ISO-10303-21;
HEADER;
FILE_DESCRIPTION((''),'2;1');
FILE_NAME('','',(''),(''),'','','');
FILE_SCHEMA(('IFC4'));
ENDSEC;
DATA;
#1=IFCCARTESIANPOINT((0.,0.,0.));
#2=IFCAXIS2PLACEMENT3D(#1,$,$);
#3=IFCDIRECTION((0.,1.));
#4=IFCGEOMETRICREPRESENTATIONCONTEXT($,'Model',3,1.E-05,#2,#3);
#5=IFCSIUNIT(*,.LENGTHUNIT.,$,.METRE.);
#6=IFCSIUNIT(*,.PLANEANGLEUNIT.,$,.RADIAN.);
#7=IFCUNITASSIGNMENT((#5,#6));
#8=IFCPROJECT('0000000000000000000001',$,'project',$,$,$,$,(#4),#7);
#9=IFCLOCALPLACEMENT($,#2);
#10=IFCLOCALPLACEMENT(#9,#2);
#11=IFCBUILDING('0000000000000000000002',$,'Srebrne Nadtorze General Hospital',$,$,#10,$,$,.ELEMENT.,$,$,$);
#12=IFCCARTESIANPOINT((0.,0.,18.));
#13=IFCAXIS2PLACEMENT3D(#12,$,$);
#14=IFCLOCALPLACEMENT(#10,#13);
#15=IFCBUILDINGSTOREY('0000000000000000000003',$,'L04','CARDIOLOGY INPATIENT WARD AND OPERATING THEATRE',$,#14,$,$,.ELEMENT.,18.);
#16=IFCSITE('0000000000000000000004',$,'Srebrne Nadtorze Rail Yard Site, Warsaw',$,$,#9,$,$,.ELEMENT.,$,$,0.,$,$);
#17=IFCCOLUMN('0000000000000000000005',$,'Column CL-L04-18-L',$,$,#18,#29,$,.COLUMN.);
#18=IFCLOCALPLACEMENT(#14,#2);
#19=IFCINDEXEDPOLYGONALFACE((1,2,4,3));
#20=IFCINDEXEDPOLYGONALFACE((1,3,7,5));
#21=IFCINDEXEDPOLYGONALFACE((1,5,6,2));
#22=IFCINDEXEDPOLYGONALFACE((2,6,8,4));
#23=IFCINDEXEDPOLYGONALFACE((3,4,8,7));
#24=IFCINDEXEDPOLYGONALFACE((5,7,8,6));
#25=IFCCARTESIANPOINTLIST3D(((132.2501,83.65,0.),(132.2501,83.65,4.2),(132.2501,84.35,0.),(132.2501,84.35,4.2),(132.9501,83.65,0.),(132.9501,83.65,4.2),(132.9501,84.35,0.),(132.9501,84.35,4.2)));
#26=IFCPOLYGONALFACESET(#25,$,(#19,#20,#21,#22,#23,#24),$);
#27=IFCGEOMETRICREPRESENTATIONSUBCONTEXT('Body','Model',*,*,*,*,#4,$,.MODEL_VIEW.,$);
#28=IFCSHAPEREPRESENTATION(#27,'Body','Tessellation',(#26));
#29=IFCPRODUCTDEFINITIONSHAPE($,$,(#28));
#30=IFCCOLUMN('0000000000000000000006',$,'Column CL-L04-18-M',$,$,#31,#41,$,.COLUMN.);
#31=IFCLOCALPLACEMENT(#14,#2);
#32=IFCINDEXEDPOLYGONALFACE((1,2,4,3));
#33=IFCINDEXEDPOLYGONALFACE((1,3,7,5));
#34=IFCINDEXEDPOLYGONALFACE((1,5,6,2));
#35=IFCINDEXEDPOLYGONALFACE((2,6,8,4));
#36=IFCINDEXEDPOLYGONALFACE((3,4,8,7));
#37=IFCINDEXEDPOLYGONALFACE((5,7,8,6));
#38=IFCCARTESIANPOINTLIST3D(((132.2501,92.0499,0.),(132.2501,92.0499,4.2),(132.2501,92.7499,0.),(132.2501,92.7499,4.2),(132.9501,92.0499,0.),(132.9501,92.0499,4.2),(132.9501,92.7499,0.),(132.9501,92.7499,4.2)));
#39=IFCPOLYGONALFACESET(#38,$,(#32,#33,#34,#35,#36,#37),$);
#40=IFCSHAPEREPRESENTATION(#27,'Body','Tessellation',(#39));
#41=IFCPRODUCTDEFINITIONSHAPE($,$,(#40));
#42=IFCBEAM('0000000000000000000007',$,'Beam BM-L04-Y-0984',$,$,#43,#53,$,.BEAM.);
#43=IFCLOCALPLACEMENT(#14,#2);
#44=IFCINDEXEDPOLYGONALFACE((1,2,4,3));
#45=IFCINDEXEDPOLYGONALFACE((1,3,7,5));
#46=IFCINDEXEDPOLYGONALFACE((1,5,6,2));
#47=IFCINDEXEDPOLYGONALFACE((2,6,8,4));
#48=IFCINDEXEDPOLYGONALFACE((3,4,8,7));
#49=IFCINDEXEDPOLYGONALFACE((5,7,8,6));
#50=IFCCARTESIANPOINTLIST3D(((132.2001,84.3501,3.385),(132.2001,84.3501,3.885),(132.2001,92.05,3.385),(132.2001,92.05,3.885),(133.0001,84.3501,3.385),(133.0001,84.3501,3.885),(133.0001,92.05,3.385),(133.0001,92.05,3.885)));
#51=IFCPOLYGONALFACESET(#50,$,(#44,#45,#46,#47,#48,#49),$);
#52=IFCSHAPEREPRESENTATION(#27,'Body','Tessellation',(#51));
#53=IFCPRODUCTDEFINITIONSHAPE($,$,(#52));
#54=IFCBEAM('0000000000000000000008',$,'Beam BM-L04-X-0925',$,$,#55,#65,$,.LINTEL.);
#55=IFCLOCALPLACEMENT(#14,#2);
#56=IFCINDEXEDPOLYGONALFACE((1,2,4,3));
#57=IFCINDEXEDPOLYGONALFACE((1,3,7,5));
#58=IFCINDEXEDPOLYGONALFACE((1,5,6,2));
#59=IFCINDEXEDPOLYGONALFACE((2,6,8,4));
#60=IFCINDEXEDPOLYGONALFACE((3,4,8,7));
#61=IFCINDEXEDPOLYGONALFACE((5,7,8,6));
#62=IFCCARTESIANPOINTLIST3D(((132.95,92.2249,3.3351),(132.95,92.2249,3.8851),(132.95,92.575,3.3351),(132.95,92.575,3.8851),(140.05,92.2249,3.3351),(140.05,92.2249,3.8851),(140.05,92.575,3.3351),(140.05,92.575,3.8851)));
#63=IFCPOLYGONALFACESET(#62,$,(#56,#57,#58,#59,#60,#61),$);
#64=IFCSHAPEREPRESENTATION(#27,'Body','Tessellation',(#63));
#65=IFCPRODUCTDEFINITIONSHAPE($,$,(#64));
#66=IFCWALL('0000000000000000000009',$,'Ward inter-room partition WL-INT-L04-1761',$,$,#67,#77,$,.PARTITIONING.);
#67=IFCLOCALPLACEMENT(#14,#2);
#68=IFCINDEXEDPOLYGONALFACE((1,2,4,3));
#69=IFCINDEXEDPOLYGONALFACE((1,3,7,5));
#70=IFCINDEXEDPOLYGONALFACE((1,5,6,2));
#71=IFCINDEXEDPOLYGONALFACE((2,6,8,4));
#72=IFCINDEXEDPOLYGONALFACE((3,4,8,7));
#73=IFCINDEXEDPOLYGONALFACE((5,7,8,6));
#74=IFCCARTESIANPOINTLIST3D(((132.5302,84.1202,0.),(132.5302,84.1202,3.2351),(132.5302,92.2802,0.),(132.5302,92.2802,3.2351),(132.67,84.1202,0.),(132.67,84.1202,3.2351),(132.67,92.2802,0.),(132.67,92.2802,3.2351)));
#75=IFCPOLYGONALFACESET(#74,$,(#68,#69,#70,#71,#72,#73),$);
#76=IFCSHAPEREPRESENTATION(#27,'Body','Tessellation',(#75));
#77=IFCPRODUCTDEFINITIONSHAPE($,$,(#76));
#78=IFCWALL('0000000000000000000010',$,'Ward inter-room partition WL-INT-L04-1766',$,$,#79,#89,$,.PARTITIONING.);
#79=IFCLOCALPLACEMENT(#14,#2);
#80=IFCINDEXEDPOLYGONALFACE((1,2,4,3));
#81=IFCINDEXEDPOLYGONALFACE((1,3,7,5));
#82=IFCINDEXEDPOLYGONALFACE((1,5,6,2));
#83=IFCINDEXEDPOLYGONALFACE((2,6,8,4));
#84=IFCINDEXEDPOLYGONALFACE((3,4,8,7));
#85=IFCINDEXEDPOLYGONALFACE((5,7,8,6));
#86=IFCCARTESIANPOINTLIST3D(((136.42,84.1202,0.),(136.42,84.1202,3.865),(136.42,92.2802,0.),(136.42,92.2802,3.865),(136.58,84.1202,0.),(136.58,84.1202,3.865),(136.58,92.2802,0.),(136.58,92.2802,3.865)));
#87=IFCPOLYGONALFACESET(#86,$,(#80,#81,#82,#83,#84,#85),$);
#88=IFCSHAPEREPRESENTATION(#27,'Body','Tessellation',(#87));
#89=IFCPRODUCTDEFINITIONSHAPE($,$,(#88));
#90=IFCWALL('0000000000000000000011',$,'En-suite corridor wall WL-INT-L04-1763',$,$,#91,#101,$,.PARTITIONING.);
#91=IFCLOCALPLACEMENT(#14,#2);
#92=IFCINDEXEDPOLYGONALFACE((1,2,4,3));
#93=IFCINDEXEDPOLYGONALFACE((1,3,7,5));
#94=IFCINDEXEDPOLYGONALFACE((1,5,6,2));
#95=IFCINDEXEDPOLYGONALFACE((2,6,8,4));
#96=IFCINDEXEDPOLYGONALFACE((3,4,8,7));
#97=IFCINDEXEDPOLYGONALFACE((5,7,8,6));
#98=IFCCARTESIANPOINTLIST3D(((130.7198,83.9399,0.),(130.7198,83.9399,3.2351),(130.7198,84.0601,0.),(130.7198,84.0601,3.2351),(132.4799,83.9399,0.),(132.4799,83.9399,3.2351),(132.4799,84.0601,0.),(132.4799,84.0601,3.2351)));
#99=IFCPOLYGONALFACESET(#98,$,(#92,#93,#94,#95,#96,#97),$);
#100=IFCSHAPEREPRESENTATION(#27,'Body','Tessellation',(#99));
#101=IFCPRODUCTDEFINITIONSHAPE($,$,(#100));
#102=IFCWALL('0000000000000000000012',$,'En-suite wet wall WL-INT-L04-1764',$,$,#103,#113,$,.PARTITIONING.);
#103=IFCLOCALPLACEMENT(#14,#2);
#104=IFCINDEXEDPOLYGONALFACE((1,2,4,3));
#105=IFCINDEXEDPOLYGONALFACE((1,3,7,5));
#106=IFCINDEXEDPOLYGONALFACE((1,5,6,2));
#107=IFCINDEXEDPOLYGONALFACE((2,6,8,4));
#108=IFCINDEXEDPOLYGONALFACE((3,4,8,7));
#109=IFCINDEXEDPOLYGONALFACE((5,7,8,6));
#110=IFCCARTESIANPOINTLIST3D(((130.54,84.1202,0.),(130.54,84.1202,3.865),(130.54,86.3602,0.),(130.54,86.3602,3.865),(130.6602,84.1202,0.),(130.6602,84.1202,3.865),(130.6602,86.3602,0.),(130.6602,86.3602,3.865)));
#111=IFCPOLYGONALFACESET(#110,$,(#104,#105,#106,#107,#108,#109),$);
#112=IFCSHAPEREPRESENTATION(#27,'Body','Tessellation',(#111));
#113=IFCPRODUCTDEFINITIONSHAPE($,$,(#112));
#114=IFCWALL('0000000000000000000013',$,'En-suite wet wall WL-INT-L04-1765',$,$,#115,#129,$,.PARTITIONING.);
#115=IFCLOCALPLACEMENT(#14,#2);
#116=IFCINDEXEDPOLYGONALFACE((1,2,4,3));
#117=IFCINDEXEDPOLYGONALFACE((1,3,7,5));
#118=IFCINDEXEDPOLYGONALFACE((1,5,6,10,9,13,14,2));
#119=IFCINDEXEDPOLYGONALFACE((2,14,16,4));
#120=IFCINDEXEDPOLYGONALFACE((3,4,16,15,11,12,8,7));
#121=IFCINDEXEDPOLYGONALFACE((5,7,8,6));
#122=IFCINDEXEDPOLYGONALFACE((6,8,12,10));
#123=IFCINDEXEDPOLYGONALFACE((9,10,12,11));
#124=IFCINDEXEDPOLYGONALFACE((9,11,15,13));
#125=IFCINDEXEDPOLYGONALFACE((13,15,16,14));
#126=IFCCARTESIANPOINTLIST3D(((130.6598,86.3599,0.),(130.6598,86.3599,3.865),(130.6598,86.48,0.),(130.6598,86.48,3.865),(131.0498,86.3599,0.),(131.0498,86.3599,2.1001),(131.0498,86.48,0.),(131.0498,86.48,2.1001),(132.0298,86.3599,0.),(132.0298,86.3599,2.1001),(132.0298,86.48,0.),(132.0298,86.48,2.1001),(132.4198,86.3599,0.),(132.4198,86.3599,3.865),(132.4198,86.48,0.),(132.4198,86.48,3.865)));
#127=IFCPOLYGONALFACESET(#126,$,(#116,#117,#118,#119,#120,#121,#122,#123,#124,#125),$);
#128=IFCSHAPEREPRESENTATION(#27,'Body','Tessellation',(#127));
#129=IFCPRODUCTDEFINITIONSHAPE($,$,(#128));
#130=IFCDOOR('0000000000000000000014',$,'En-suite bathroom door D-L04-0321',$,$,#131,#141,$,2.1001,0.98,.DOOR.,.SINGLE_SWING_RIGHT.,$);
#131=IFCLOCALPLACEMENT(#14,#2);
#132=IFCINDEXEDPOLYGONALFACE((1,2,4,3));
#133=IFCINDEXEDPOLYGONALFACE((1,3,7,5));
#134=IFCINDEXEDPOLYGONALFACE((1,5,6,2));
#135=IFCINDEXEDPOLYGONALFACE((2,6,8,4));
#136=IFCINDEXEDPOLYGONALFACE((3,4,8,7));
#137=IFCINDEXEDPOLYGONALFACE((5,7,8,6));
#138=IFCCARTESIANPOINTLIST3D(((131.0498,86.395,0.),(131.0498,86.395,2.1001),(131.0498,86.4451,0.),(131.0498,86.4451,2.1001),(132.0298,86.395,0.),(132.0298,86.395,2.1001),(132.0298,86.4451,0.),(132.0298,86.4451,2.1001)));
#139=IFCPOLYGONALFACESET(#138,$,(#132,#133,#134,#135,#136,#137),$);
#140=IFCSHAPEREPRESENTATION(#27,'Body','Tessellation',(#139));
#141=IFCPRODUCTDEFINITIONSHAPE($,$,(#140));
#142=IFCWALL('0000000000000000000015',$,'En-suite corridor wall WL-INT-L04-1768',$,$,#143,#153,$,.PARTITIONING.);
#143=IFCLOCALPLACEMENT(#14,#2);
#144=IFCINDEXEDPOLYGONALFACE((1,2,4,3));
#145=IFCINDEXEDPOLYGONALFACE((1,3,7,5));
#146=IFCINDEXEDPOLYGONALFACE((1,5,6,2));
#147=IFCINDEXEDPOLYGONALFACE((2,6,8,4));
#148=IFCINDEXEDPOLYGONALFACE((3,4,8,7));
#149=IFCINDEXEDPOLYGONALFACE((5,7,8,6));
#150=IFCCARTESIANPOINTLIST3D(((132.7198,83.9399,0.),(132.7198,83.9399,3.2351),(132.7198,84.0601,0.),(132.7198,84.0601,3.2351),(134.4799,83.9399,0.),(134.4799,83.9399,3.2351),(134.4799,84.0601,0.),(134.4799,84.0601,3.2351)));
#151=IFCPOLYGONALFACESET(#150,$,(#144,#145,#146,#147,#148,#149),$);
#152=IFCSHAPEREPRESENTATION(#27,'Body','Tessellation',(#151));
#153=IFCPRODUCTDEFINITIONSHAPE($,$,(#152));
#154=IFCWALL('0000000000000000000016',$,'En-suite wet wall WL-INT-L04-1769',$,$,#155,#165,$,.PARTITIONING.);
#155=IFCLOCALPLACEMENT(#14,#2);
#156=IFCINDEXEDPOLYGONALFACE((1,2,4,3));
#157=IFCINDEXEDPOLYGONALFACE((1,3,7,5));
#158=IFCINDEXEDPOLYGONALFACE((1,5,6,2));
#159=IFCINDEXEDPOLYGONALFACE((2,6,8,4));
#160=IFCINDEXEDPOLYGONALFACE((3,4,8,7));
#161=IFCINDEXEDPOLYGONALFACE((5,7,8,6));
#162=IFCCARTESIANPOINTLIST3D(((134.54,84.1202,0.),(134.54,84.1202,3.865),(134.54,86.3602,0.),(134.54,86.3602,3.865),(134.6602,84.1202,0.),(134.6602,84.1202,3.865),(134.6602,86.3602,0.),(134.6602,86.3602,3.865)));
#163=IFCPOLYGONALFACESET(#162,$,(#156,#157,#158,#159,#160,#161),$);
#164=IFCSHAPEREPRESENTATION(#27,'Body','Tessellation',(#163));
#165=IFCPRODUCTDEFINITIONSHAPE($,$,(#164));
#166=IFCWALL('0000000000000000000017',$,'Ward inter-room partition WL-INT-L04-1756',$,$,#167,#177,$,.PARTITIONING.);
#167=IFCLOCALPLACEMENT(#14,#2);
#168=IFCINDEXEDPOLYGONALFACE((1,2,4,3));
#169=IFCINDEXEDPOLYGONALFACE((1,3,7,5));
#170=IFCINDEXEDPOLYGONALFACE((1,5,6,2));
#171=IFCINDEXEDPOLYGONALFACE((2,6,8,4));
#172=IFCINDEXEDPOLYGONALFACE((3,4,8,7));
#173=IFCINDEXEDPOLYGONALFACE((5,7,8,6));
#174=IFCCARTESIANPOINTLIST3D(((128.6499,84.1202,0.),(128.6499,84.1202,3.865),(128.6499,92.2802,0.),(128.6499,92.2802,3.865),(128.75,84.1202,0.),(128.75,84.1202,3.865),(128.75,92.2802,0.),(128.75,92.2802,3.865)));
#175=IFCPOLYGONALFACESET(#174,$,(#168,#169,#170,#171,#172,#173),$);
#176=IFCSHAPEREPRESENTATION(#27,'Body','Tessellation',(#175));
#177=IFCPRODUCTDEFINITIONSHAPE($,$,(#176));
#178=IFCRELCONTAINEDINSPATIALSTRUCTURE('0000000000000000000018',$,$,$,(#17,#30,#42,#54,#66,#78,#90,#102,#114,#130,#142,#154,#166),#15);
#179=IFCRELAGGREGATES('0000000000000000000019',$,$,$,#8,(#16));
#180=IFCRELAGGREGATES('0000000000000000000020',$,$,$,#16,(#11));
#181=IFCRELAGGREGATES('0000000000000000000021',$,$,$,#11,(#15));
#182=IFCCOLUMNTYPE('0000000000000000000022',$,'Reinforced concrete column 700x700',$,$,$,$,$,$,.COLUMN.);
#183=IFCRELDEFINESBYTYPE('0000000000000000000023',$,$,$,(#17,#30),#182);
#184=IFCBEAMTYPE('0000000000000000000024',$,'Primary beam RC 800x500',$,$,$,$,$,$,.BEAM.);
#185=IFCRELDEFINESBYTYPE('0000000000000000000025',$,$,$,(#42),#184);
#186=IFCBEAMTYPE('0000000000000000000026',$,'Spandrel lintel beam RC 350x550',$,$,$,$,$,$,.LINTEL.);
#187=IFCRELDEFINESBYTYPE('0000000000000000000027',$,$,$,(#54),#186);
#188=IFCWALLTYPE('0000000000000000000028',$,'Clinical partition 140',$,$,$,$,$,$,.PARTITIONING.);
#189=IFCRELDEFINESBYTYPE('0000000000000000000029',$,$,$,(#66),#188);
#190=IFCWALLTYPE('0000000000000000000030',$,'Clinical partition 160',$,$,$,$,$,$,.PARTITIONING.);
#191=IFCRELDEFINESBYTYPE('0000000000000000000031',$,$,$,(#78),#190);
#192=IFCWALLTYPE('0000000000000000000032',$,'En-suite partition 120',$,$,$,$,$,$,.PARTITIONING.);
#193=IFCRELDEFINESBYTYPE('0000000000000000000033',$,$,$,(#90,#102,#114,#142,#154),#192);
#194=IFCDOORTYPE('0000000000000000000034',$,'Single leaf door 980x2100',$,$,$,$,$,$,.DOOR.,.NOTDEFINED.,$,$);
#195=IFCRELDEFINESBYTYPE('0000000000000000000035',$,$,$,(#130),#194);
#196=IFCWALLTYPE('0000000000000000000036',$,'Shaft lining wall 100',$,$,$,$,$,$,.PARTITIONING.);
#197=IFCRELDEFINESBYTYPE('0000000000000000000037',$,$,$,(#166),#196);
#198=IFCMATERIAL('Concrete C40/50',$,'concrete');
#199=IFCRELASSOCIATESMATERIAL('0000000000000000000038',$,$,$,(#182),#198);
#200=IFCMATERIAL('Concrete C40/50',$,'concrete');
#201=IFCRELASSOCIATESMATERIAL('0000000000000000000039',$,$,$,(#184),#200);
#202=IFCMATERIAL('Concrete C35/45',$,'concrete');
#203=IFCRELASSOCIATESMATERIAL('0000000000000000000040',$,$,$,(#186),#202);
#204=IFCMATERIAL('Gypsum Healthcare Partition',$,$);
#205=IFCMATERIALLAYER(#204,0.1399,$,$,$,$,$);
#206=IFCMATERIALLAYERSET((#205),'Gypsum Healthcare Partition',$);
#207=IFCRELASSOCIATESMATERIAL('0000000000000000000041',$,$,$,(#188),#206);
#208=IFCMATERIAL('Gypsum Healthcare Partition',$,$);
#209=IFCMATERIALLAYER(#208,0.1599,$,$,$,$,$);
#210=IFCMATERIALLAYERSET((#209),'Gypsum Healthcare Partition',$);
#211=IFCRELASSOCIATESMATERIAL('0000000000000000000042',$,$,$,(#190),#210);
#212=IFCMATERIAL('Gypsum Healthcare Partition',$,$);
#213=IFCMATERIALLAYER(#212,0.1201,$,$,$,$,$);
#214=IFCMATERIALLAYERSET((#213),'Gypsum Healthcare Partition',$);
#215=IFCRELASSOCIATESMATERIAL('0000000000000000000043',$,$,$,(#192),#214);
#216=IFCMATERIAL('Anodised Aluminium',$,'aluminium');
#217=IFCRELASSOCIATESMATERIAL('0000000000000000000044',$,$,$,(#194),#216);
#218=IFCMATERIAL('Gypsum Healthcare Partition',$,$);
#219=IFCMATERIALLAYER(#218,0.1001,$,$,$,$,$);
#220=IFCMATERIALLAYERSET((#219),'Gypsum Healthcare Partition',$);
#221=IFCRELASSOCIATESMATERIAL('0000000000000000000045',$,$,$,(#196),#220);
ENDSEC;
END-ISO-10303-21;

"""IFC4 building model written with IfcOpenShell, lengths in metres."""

from ifc_helpers import new_model, si_unit, direction, frame, frame_2d, origin, origin_2d, place, context, subcontext, project, spatial, rectangle, extrude, material, layer, layer_set, material_profile, profile_set, type_object, element, fill, save


model = new_model("IFC4")

# Units and contexts
model_context = context("Model", 3, precision=1e-05, world=origin(), true_north=direction((0.0, 1.0)))
body_context = subcontext(model_context, "Body", "Model", "MODEL_VIEW")
ifc_project = project(units=[si_unit("LENGTHUNIT", "METRE"), si_unit("PLANEANGLEUNIT", "RADIAN")], contexts=[model_context])

# Site, building, storey
site_placement = place(None, origin())
site = spatial("IfcSite", under=ifc_project, at=site_placement, Name="Srebrne Nadtorze Rail Yard Site, Warsaw", CompositionType="ELEMENT", RefElevation=0.0)
building_placement = place(site_placement, origin())
building = spatial("IfcBuilding", under=site, at=building_placement, Name="Srebrne Nadtorze General Hospital", CompositionType="ELEMENT")
storey_placement = place(building_placement, frame((0.0, 0.0, 18.0)))
storey = spatial("IfcBuildingStorey", under=building, at=storey_placement, Name="L04", Description="CARDIOLOGY INPATIENT WARD AND OPERATING THEATRE", CompositionType="ELEMENT", Elevation=18.0)

# Columns
ifc_material_1 = material(Name="Concrete C40/50", Category="concrete")
ifc_material_profile_1 = material_profile(ifc_material_1, rectangle(XDim=0.7, YDim=0.7, at=origin_2d()), Name="RC-COL-700x700")
ifc_profile_set_1 = profile_set([ifc_material_profile_1], Name="Concrete C40/50")
column_type = type_object("IfcColumnType", Name="Reinforced concrete column 700x700", PredefinedType="COLUMN", material=ifc_profile_set_1)
for number, where, z_axis, x_axis, name in (
    (1, (132.6001, 84.0, 0.0), (0.0, 0.0, 1.0), (1.0, 0.0, 0.0), "Column CL-L04-18-L"),
    (2, (132.6001, 92.3999, 0.0), (0.0, 0.0, 1.0), (1.0, 0.0, 0.0), "Column CL-L04-18-M"),
):
    element("IfcColumn", number, at=place(storey_placement, frame(where, z_axis=z_axis, x_axis=x_axis)), inside=storey, type_object=column_type, Name=name, PredefinedType="COLUMN", context=body_context, shape_type="SweptSolid", body=[
        extrude(rectangle(XDim=0.7, YDim=0.7, at=origin_2d()), origin(), (0.0, 0.0, 1.0), 4.2),
    ])

# Beams
ifc_material_2 = material(Name="Concrete C40/50", Category="concrete")
ifc_material_profile_2 = material_profile(ifc_material_2, rectangle(XDim=0.8, YDim=0.5, at=origin_2d()), Name="RC-BM-800x500")
ifc_profile_set_2 = profile_set([ifc_material_profile_2], Name="Concrete C40/50")
beam_type_1 = type_object("IfcBeamType", Name="Primary beam RC 800x500", PredefinedType="BEAM", material=ifc_profile_set_2)
beam_1_placement = place(storey_placement, frame((132.6001, 84.3501, 3.635), z_axis=(0.0, 1.0, 0.0), x_axis=(-1.0, 0.0, 0.0)))
element("IfcBeam", 3, at=beam_1_placement, inside=storey, type_object=beam_type_1, Name="Beam BM-L04-Y-0984", PredefinedType="BEAM", context=body_context, shape_type="SweptSolid", body=[
    extrude(rectangle(XDim=0.8, YDim=0.5, at=origin_2d()), origin(), (0.0, 0.0, 1.0), 7.7),
])
ifc_material_3 = material(Name="Concrete C35/45", Category="concrete")
ifc_material_profile_3 = material_profile(ifc_material_3, rectangle(XDim=0.3501, YDim=0.55, at=origin_2d()), Name="RC-BM-350x550")
ifc_profile_set_3 = profile_set([ifc_material_profile_3], Name="Concrete C35/45")
beam_type_2 = type_object("IfcBeamType", Name="Spandrel lintel beam RC 350x550", PredefinedType="LINTEL", material=ifc_profile_set_3)
beam_2_placement = place(storey_placement, frame((132.95, 92.3999, 3.6101), z_axis=(1.0, 0.0, 0.0), x_axis=(0.0, 1.0, 0.0)))
element("IfcBeam", 4, at=beam_2_placement, inside=storey, type_object=beam_type_2, Name="Beam BM-L04-X-0925", PredefinedType="LINTEL", context=body_context, shape_type="SweptSolid", body=[
    extrude(rectangle(XDim=0.3501, YDim=0.55, at=origin_2d()), origin(), (0.0, 0.0, 1.0), 7.1001),
])

# Walls
ifc_material_4 = material(Name="Gypsum Healthcare Partition")
ifc_layer_1 = layer(ifc_material_4, 0.1399)
ifc_layer_set_1 = layer_set([ifc_layer_1], Name="Gypsum Healthcare Partition")
wall_type_1 = type_object("IfcWallType", Name="Clinical partition 140", PredefinedType="PARTITIONING", material=ifc_layer_set_1)
wall_1_placement = place(storey_placement, frame((132.6001, 84.1201, 0.0), z_axis=(0.0, 0.0, 1.0), x_axis=(0.0, 1.0, 0.0)))
element("IfcWall", 5, at=wall_1_placement, inside=storey, type_object=wall_type_1, Name="Ward inter-room partition WL-INT-L04-1761", PredefinedType="PARTITIONING", context=body_context, shape_type="SweptSolid", body=[
    extrude(rectangle(XDim=8.1599, YDim=0.1399, at=frame_2d((4.0801, 0.0))), origin(), (0.0, 0.0, 1.0), 3.2351),
])
ifc_material_5 = material(Name="Gypsum Healthcare Partition")
ifc_layer_2 = layer(ifc_material_5, 0.1599)
ifc_layer_set_2 = layer_set([ifc_layer_2], Name="Gypsum Healthcare Partition")
wall_type_2 = type_object("IfcWallType", Name="Clinical partition 160", PredefinedType="PARTITIONING", material=ifc_layer_set_2)
wall_2_placement = place(storey_placement, frame((136.5, 84.1201, 0.0), z_axis=(0.0, 0.0, 1.0), x_axis=(0.0, 1.0, 0.0)))
element("IfcWall", 6, at=wall_2_placement, inside=storey, type_object=wall_type_2, Name="Ward inter-room partition WL-INT-L04-1766", PredefinedType="PARTITIONING", context=body_context, shape_type="SweptSolid", body=[
    extrude(rectangle(XDim=8.1599, YDim=0.1599, at=frame_2d((4.0801, 0.0))), origin(), (0.0, 0.0, 1.0), 3.865),
])

# Walls
ifc_material_6 = material(Name="Gypsum Healthcare Partition")
ifc_layer_3 = layer(ifc_material_6, 0.1201)
ifc_layer_set_3 = layer_set([ifc_layer_3], Name="Gypsum Healthcare Partition")
wall_type_3 = type_object("IfcWallType", Name="En-suite partition 120", PredefinedType="PARTITIONING", material=ifc_layer_set_3)
wall_3_placement = place(storey_placement, frame((130.72, 84.0, 0.0), z_axis=(0.0, 0.0, 1.0), x_axis=(1.0, 0.0, 0.0)))
element("IfcWall", 7, at=wall_3_placement, inside=storey, type_object=wall_type_3, Name="En-suite corridor wall WL-INT-L04-1763", PredefinedType="PARTITIONING", context=body_context, shape_type="SweptSolid", body=[
    extrude(rectangle(XDim=1.76, YDim=0.1201, at=frame_2d((0.8799, 0.0))), origin(), (0.0, 0.0, 1.0), 3.2351),
])
wall_4_placement = place(storey_placement, frame((130.6001, 84.1201, 0.0), z_axis=(0.0, 0.0, 1.0), x_axis=(0.0, 1.0, 0.0)))
element("IfcWall", 8, at=wall_4_placement, inside=storey, type_object=wall_type_3, Name="En-suite wet wall WL-INT-L04-1764", PredefinedType="PARTITIONING", context=body_context, shape_type="SweptSolid", body=[
    extrude(rectangle(XDim=2.24, YDim=0.1201, at=frame_2d((1.1201, 0.0))), origin(), (0.0, 0.0, 1.0), 3.865),
])

# Wall, opening, door
wall_5_placement = place(storey_placement, frame((130.6599, 86.4199, 0.0), z_axis=(0.0, 0.0, 1.0), x_axis=(1.0, 0.0, 0.0)))
wall_5 = element("IfcWall", 9, at=wall_5_placement, inside=storey, type_object=wall_type_3, Name="En-suite wet wall WL-INT-L04-1765", PredefinedType="PARTITIONING", context=body_context, shape_type="SweptSolid", body=[
    extrude(rectangle(XDim=1.76, YDim=0.1201, at=frame_2d((0.8799, 0.0))), origin(), (0.0, 0.0, 1.0), 3.865),
])
opening_1_placement = place(wall_5_placement, frame((0.3899, 0.0, 0.0)))
opening_1 = element("IfcOpeningElement", 10, at=opening_1_placement, cuts=wall_5, PredefinedType="OPENING", context=body_context, shape_type="SweptSolid", body=[
    extrude(rectangle(XDim=0.98, YDim=2.1001, at=frame_2d((0.49, 1.05))), frame((0.0, 0.072, 0.0), z_axis=(0.0, -1.0, 0.0), x_axis=(1.0, 0.0, 0.0)), (0.0, 0.0, 1.0), 0.144),
])
ifc_material_7 = material(Name="Anodised Aluminium", Category="aluminium")
door_type_1 = type_object("IfcDoorType", Name="Single leaf door 980x2100", OperationType="NOTDEFINED", PredefinedType="DOOR", material=ifc_material_7)
door_1_placement = place(opening_1_placement, frame((0.98, 0.0, 0.0), z_axis=(0.0, 0.0, 1.0), x_axis=(-1.0, 0.0, 0.0)))
door_1 = element("IfcDoor", 11, at=door_1_placement, inside=storey, type_object=door_type_1, Name="En-suite bathroom door D-L04-0321", OperationType="SINGLE_SWING_RIGHT", OverallHeight=2.1001, OverallWidth=0.98, PredefinedType="DOOR", context=body_context, shape_type="SweptSolid", body=[
    extrude(rectangle(XDim=0.98, YDim=2.1001, at=frame_2d((0.49, 1.05))), frame((0.0, 0.0249, 0.0), z_axis=(0.0, -1.0, 0.0), x_axis=(1.0, 0.0, 0.0)), (0.0, 0.0, 1.0), 0.05),
])
fill(opening_1, door_1)

# Walls
wall_6_placement = place(storey_placement, frame((132.72, 84.0, 0.0), z_axis=(0.0, 0.0, 1.0), x_axis=(1.0, 0.0, 0.0)))
element("IfcWall", 12, at=wall_6_placement, inside=storey, type_object=wall_type_3, Name="En-suite corridor wall WL-INT-L04-1768", PredefinedType="PARTITIONING", context=body_context, shape_type="SweptSolid", body=[
    extrude(rectangle(XDim=1.76, YDim=0.1201, at=frame_2d((0.8799, 0.0))), origin(), (0.0, 0.0, 1.0), 3.2351),
])
wall_7_placement = place(storey_placement, frame((134.6001, 84.1201, 0.0), z_axis=(0.0, 0.0, 1.0), x_axis=(0.0, 1.0, 0.0)))
element("IfcWall", 13, at=wall_7_placement, inside=storey, type_object=wall_type_3, Name="En-suite wet wall WL-INT-L04-1769", PredefinedType="PARTITIONING", context=body_context, shape_type="SweptSolid", body=[
    extrude(rectangle(XDim=2.24, YDim=0.1201, at=frame_2d((1.1201, 0.0))), origin(), (0.0, 0.0, 1.0), 3.865),
])

# Wall
ifc_material_8 = material(Name="Gypsum Healthcare Partition")
ifc_layer_4 = layer(ifc_material_8, 0.1001)
ifc_layer_set_4 = layer_set([ifc_layer_4], Name="Gypsum Healthcare Partition")
wall_type_4 = type_object("IfcWallType", Name="Shaft lining wall 100", PredefinedType="PARTITIONING", material=ifc_layer_set_4)
wall_8_placement = place(storey_placement, frame((128.7, 84.1201, 0.0), z_axis=(0.0, 0.0, 1.0), x_axis=(0.0, 1.0, 0.0)))
element("IfcWall", 14, at=wall_8_placement, inside=storey, type_object=wall_type_4, Name="Ward inter-room partition WL-INT-L04-1756", PredefinedType="PARTITIONING", context=body_context, shape_type="SweptSolid", body=[
    extrude(rectangle(XDim=8.1599, YDim=0.1001, at=frame_2d((4.0801, 0.0))), origin(), (0.0, 0.0, 1.0), 3.865),
])

save(model, "model.ifc")
